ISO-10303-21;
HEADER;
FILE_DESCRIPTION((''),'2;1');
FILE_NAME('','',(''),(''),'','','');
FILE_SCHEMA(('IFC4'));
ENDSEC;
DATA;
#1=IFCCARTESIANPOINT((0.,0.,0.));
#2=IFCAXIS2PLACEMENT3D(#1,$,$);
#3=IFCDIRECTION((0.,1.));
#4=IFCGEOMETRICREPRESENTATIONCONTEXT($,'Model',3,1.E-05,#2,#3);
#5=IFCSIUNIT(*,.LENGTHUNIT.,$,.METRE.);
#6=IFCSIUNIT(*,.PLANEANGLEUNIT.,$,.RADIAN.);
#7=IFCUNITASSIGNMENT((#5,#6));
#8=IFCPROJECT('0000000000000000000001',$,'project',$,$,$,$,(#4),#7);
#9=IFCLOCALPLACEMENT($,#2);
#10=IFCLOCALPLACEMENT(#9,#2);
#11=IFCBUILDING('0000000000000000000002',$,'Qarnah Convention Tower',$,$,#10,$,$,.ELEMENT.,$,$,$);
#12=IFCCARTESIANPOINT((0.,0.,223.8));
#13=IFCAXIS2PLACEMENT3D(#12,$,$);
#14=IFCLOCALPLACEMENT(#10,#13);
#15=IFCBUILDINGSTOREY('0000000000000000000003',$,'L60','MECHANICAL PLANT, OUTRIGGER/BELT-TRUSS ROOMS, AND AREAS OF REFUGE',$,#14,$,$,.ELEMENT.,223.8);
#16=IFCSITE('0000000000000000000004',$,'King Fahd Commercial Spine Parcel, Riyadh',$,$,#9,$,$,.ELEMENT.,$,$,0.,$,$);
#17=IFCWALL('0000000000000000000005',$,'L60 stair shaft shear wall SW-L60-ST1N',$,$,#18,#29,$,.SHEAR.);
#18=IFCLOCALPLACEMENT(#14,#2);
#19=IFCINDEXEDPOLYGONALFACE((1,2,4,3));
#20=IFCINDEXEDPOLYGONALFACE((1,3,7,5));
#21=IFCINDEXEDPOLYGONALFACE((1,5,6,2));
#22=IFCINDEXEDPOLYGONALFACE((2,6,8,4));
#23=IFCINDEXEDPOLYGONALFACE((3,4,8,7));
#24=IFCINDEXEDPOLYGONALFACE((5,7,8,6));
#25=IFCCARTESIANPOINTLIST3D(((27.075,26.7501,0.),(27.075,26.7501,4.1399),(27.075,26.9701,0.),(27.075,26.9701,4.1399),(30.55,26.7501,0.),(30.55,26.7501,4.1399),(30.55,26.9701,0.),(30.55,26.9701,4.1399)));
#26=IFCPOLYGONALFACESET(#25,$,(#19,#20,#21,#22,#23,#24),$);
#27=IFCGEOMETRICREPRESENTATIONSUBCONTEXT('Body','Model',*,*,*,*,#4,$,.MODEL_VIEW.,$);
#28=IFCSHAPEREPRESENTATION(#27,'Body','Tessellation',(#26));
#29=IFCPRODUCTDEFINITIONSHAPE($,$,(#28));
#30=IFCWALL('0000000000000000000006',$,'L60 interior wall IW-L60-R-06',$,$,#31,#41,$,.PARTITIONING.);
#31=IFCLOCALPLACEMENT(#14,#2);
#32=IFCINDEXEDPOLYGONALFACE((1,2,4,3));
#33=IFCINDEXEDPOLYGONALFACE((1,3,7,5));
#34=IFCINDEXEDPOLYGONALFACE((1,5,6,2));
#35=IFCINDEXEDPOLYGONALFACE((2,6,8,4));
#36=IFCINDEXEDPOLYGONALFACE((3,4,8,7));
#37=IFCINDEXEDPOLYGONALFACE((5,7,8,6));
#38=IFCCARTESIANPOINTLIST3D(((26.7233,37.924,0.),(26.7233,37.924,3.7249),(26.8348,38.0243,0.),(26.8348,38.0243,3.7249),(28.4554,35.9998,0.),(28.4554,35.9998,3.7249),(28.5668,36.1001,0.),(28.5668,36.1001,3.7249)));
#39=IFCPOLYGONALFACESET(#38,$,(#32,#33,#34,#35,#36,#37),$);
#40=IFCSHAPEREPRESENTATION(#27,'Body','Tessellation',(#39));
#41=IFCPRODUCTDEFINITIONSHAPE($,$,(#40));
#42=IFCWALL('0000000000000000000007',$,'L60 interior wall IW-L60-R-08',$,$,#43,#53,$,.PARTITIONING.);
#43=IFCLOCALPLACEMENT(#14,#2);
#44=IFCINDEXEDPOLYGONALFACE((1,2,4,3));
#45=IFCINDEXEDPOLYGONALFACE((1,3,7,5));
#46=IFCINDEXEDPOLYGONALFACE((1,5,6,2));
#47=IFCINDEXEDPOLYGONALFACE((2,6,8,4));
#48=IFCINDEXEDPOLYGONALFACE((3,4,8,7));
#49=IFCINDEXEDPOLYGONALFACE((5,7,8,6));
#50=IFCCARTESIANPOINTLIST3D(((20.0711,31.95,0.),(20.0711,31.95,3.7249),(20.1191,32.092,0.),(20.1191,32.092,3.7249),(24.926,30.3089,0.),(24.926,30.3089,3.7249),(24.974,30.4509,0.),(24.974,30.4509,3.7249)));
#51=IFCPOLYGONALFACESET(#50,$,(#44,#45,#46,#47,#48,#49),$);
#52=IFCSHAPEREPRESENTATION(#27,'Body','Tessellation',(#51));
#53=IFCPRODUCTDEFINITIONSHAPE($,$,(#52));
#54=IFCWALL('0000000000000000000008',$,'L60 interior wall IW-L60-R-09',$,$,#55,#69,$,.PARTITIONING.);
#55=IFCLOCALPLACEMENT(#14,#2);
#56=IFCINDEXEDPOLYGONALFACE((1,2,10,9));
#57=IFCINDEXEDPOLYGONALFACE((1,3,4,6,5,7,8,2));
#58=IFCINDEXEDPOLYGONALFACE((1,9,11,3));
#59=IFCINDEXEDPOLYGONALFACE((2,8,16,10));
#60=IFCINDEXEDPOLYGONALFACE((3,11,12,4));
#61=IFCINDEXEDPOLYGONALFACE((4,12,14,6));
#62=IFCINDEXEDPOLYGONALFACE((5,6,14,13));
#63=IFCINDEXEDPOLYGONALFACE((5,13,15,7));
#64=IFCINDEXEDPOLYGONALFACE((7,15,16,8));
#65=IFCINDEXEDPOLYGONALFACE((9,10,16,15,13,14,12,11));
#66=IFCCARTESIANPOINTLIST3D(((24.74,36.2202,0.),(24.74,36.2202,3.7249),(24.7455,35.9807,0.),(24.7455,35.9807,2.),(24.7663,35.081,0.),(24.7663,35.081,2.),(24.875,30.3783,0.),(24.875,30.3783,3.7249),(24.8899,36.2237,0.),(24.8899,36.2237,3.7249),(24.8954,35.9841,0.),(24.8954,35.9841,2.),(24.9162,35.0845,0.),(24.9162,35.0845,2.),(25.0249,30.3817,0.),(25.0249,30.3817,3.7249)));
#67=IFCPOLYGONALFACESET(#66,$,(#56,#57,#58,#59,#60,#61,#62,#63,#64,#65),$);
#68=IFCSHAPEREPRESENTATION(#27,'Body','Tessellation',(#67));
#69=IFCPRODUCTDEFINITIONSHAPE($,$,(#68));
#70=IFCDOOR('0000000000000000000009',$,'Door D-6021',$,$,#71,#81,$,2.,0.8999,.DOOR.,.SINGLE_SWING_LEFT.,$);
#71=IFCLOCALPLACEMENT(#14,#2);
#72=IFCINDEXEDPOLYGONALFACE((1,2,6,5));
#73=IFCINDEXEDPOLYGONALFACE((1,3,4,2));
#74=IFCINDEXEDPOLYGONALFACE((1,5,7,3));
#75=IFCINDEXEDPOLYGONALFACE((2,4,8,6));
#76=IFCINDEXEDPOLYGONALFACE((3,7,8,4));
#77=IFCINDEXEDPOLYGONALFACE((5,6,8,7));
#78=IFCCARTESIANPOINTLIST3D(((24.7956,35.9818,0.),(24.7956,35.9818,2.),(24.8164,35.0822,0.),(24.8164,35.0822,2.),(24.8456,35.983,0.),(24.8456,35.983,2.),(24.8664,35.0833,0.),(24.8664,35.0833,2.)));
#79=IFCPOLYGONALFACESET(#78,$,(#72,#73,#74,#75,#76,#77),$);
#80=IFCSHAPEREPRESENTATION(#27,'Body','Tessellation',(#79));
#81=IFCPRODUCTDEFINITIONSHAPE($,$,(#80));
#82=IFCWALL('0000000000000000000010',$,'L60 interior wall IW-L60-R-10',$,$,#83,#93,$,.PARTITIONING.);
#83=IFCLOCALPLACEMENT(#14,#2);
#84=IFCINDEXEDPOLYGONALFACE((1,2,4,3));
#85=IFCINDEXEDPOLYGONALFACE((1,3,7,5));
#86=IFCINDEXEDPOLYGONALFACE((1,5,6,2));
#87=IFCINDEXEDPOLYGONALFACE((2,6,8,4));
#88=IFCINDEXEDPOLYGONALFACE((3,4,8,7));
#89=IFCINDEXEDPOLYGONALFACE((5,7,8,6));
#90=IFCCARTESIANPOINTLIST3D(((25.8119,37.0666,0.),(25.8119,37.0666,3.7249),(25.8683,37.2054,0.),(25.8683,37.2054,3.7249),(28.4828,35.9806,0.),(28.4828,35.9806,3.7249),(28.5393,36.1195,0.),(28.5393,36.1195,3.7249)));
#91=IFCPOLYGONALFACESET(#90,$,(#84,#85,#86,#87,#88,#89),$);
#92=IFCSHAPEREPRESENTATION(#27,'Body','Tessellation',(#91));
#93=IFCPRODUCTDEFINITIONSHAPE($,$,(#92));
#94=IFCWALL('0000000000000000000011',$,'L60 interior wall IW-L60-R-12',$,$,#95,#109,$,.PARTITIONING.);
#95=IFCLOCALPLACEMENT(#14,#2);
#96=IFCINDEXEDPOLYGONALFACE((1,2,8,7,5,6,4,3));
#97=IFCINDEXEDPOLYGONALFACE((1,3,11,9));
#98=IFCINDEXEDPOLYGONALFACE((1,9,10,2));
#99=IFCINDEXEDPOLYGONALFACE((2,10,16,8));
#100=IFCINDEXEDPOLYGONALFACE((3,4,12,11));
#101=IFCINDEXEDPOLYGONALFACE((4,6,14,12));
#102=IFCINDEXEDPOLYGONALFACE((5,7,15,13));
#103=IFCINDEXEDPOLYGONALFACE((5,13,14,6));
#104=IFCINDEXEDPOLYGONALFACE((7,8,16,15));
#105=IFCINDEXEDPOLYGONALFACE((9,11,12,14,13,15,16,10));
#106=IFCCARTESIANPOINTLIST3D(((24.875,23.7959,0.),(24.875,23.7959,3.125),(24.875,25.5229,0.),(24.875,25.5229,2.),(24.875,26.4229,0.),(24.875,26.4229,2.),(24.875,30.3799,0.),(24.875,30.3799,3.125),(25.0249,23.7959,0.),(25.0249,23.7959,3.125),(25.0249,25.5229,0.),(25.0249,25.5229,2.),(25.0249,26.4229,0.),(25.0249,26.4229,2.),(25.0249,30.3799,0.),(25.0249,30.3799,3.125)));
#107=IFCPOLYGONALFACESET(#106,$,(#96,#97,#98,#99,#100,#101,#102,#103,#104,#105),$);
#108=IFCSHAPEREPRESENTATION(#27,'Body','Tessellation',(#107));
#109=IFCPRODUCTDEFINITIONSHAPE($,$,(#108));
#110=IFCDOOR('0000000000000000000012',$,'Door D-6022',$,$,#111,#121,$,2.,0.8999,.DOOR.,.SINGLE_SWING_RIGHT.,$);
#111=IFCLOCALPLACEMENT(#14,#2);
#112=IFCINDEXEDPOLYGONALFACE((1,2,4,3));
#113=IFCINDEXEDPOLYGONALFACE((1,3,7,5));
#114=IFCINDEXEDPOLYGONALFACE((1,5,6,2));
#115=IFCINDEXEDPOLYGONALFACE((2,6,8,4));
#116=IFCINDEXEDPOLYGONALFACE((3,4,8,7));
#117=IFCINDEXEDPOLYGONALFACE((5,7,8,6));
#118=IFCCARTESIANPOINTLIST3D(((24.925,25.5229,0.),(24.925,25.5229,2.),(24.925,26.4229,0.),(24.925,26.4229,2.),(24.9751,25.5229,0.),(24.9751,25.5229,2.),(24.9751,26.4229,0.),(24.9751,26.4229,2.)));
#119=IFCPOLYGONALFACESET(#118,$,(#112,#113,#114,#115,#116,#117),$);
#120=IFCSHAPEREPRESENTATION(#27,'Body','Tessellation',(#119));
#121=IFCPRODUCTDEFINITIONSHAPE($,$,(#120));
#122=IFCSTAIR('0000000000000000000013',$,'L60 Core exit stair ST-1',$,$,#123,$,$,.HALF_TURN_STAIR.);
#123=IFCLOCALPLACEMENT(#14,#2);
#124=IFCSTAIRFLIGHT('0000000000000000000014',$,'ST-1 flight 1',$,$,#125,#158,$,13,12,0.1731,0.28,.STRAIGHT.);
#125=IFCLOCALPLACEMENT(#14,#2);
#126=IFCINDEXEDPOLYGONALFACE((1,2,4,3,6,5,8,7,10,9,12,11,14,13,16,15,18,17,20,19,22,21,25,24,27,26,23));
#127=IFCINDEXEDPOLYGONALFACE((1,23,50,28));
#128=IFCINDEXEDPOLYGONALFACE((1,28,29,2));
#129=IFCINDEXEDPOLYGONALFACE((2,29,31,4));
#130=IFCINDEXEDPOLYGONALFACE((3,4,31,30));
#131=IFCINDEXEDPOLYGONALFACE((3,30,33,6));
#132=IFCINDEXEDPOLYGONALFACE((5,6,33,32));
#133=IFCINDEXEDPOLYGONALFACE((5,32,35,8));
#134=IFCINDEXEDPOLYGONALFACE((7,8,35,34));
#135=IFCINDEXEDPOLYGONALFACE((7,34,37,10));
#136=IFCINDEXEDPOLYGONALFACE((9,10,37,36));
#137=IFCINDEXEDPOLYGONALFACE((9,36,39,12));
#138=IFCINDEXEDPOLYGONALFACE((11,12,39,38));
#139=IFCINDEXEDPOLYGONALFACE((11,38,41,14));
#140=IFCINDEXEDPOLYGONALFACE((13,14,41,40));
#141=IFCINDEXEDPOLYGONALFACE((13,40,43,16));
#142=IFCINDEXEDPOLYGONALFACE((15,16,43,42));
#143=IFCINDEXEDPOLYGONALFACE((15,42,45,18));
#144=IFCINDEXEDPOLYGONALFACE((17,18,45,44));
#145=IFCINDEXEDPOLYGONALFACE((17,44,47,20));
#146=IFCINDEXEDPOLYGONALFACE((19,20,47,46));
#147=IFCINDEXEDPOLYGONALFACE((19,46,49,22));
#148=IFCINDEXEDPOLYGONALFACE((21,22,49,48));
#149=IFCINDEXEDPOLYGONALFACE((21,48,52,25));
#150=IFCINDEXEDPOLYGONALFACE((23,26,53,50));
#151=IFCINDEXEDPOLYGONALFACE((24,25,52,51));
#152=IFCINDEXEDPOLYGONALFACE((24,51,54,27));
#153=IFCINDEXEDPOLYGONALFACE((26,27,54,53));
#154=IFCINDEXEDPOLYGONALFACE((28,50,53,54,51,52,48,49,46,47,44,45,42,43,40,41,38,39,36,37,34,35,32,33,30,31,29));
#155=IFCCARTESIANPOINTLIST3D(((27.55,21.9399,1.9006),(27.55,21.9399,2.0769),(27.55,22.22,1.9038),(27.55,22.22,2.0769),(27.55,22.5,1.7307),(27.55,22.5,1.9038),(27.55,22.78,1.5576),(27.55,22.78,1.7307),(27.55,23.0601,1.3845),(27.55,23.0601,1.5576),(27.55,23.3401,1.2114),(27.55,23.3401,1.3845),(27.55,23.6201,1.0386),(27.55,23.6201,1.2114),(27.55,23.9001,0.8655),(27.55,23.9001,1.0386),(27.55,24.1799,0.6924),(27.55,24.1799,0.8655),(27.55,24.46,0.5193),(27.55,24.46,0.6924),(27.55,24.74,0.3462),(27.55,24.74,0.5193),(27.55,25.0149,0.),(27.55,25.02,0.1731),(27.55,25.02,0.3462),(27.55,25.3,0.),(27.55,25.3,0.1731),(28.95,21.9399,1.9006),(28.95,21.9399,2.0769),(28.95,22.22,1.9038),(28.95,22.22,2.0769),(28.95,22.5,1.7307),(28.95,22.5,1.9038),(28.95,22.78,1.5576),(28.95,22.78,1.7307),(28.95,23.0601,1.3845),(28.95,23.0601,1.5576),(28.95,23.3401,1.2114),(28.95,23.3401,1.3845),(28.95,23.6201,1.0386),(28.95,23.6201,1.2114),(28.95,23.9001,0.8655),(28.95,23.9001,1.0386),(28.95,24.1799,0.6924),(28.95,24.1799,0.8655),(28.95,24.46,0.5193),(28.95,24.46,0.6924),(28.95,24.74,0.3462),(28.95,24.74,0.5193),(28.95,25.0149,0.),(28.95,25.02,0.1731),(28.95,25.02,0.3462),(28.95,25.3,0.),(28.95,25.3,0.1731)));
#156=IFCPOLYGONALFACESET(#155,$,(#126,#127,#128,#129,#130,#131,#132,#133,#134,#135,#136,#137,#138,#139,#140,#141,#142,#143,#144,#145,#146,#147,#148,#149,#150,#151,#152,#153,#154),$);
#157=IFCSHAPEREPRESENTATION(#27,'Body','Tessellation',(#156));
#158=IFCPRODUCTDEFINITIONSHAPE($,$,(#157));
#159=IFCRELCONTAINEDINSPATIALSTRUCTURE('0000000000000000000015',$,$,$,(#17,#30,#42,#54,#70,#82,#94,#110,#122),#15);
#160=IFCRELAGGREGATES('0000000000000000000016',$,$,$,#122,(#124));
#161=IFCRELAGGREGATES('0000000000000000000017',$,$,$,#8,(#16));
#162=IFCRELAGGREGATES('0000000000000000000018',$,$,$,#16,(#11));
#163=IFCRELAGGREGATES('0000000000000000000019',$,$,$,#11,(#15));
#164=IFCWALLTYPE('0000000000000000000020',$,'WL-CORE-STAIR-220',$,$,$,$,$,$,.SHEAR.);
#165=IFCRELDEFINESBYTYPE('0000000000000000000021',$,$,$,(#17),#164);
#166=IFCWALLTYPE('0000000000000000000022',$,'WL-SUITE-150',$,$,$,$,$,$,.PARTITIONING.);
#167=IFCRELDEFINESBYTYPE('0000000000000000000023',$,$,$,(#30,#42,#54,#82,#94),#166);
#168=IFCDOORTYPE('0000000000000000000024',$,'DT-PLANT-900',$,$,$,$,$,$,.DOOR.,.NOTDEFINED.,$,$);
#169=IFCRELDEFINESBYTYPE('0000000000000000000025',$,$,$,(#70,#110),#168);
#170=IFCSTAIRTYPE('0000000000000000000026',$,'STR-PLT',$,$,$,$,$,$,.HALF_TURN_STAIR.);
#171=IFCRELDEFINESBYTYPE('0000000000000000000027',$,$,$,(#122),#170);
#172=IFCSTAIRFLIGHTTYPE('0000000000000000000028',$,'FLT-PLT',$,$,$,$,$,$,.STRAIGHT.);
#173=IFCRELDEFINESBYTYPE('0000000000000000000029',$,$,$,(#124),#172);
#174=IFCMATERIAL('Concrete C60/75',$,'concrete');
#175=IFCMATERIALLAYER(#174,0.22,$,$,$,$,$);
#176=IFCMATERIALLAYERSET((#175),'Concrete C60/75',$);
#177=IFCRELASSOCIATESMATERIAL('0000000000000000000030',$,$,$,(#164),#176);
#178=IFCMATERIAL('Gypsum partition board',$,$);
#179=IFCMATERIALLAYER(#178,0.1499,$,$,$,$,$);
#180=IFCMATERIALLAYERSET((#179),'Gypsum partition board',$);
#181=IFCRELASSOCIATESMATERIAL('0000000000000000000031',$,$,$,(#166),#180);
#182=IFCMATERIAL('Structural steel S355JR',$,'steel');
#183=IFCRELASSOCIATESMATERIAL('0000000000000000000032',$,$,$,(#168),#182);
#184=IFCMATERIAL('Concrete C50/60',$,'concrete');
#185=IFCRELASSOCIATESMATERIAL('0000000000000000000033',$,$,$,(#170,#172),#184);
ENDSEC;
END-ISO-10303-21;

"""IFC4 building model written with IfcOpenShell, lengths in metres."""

from ifc_helpers import new_model, si_unit, direction, frame, frame_2d, origin, place, context, subcontext, project, spatial, polyline, rectangle, outline, extrude, material, layer, layer_set, type_object, element, fill, aggregate, save


model = new_model("IFC4")

# Units and contexts
model_context = context("Model", 3, precision=1e-05, world=origin(), true_north=direction((0.0, 1.0)))
body_context = subcontext(model_context, "Body", "Model", "MODEL_VIEW")
ifc_project = project(units=[si_unit("LENGTHUNIT", "METRE"), si_unit("PLANEANGLEUNIT", "RADIAN")], contexts=[model_context])

# Site, building, storey
site_placement = place(None, origin())
site = spatial("IfcSite", under=ifc_project, at=site_placement, Name="King Fahd Commercial Spine Parcel, Riyadh", CompositionType="ELEMENT", RefElevation=0.0)
building_placement = place(site_placement, origin())
building = spatial("IfcBuilding", under=site, at=building_placement, Name="Qarnah Convention Tower", CompositionType="ELEMENT")
storey_placement = place(building_placement, frame((0.0, 0.0, 223.8)))
storey = spatial("IfcBuildingStorey", under=building, at=storey_placement, Name="L60", Description="MECHANICAL PLANT, OUTRIGGER/BELT-TRUSS ROOMS, AND AREAS OF REFUGE", CompositionType="ELEMENT", Elevation=223.8)

# Shared definitions
ifc_material_1 = material(Name="Concrete C50/60", Category="concrete")

# Shared definitions
ifc_material_2 = material(Name="Structural steel S355JR", Category="steel")

# Shared definitions
ifc_material_3 = material(Name="Concrete C60/75", Category="concrete")

# Walls
ifc_layer_1 = layer(ifc_material_3, 0.22)
ifc_layer_set_1 = layer_set([ifc_layer_1], Name="Concrete C60/75")
wall_type_1 = type_object("IfcWallType", Name="WL-CORE-STAIR-220", PredefinedType="SHEAR", material=ifc_layer_set_1)
wall_1_placement = place(storey_placement, frame((27.075, 26.8601, 0.0), z_axis=(0.0, 0.0, 1.0), x_axis=(1.0, 0.0, 0.0)))
element("IfcWall", 1, at=wall_1_placement, inside=storey, type_object=wall_type_1, Name="L60 stair shaft shear wall SW-L60-ST1N", PredefinedType="SHEAR", context=body_context, shape_type="SweptSolid", body=[
    extrude(rectangle(XDim=3.4751, YDim=0.22, at=frame_2d((1.7375, 0.0))), origin(), (0.0, 0.0, 1.0), 4.1399),
])
ifc_material_4 = material(Name="Gypsum partition board")
ifc_layer_2 = layer(ifc_material_4, 0.1499)
ifc_layer_set_2 = layer_set([ifc_layer_2], Name="Gypsum partition board")
wall_type_2 = type_object("IfcWallType", Name="WL-SUITE-150", PredefinedType="PARTITIONING", material=ifc_layer_set_2)
wall_2_placement = place(storey_placement, frame((26.7791, 37.9741, 0.0), z_axis=(0.0, 0.0, 1.0), x_axis=(0.669022, -0.743243, 0.0)))
element("IfcWall", 2, at=wall_2_placement, inside=storey, type_object=wall_type_2, Name="L60 interior wall IW-L60-R-06", PredefinedType="PARTITIONING", context=body_context, shape_type="SweptSolid", body=[
    extrude(rectangle(XDim=2.5889, YDim=0.1499, at=frame_2d((1.2944, 0.0))), origin(), (0.0, 0.0, 1.0), 3.7249),
])
wall_3_placement = place(storey_placement, frame((20.095, 32.021, 0.0), z_axis=(0.0, 0.0, 1.0), x_axis=(0.947341, -0.320227, 0.0)))
element("IfcWall", 3, at=wall_3_placement, inside=storey, type_object=wall_type_2, Name="L60 interior wall IW-L60-R-08", PredefinedType="PARTITIONING", context=body_context, shape_type="SweptSolid", body=[
    extrude(rectangle(XDim=5.1248, YDim=0.1499, at=frame_2d((2.5625, 0.0))), origin(), (0.0, 0.0, 1.0), 3.7249),
])

# Wall, opening, door
wall_4_placement = place(storey_placement, frame((24.95, 30.3799, 0.0), z_axis=(0.0, 0.0, 1.0), x_axis=(-0.023104, 0.999733, 0.0)))
wall_4 = element("IfcWall", 4, at=wall_4_placement, inside=storey, type_object=wall_type_2, Name="L60 interior wall IW-L60-R-09", PredefinedType="PARTITIONING", context=body_context, shape_type="SweptSolid", body=[
    extrude(rectangle(XDim=5.8435, YDim=0.1499, at=frame_2d((2.9219, 0.0))), origin(), (0.0, 0.0, 1.0), 3.7249),
])
opening_1_placement = place(wall_4_placement, frame((4.7041, 0.0, 0.0)))
opening_1 = element("IfcOpeningElement", 5, at=opening_1_placement, cuts=wall_4, PredefinedType="OPENING", context=body_context, shape_type="SweptSolid", body=[
    extrude(rectangle(XDim=0.8999, YDim=2.0, at=frame_2d((0.45, 1.0))), frame((0.0, 0.085, 0.0), z_axis=(0.0, -1.0, 0.0), x_axis=(1.0, 0.0, 0.0)), (0.0, 0.0, 1.0), 0.1699),
])
door_type_1 = type_object("IfcDoorType", Name="DT-PLANT-900", OperationType="NOTDEFINED", PredefinedType="DOOR", material=ifc_material_2)
door_1_placement = place(opening_1_placement, origin())
door_1 = element("IfcDoor", 6, at=door_1_placement, inside=storey, type_object=door_type_1, Name="Door D-6021", OperationType="SINGLE_SWING_LEFT", OverallHeight=2.0, OverallWidth=0.8999, PredefinedType="DOOR", context=body_context, shape_type="SweptSolid", body=[
    extrude(rectangle(XDim=0.8999, YDim=2.0, at=frame_2d((0.45, 1.0))), frame((0.0, 0.0249, 0.0), z_axis=(0.0, -1.0, 0.0), x_axis=(1.0, 0.0, 0.0)), (0.0, 0.0, 1.0), 0.05),
])
fill(opening_1, door_1)

# Wall
wall_5_placement = place(storey_placement, frame((25.8401, 37.136, 0.0), z_axis=(0.0, 0.0, 1.0), x_axis=(0.92636, -0.376641, 0.0)))
element("IfcWall", 7, at=wall_5_placement, inside=storey, type_object=wall_type_2, Name="L60 interior wall IW-L60-R-10", PredefinedType="PARTITIONING", context=body_context, shape_type="SweptSolid", body=[
    extrude(rectangle(XDim=2.8833, YDim=0.1499, at=frame_2d((1.4417, 0.0))), origin(), (0.0, 0.0, 1.0), 3.7249),
])

# Wall, opening, door
wall_6_placement = place(storey_placement, frame((24.95, 23.7959, 0.0), z_axis=(0.0, 0.0, 1.0), x_axis=(0.0, 1.0, 0.0)))
wall_6 = element("IfcWall", 8, at=wall_6_placement, inside=storey, type_object=wall_type_2, Name="L60 interior wall IW-L60-R-12", PredefinedType="PARTITIONING", context=body_context, shape_type="SweptSolid", body=[
    extrude(rectangle(XDim=6.584, YDim=0.1499, at=frame_2d((3.292, 0.0))), origin(), (0.0, 0.0, 1.0), 3.125),
])
opening_2_placement = place(wall_6_placement, frame((1.7271, 0.0, 0.0)))
opening_2 = element("IfcOpeningElement", 9, at=opening_2_placement, cuts=wall_6, PredefinedType="OPENING", context=body_context, shape_type="SweptSolid", body=[
    extrude(rectangle(XDim=0.8999, YDim=2.0, at=frame_2d((0.45, 1.0))), frame((0.0, 0.085, 0.0), z_axis=(0.0, -1.0, 0.0), x_axis=(1.0, 0.0, 0.0)), (0.0, 0.0, 1.0), 0.1699),
])
door_2_placement = place(opening_2_placement, origin())
door_2 = element("IfcDoor", 10, at=door_2_placement, inside=storey, type_object=door_type_1, Name="Door D-6022", OperationType="SINGLE_SWING_RIGHT", OverallHeight=2.0, OverallWidth=0.8999, PredefinedType="DOOR", context=body_context, shape_type="SweptSolid", body=[
    extrude(rectangle(XDim=0.8999, YDim=2.0, at=frame_2d((0.45, 1.0))), frame((0.0, 0.0249, 0.0), z_axis=(0.0, -1.0, 0.0), x_axis=(1.0, 0.0, 0.0)), (0.0, 0.0, 1.0), 0.05),
])
fill(opening_2, door_2)

# Stair, stair flight
stair_type = type_object("IfcStairType", Name="STR-PLT", PredefinedType="HALF_TURN_STAIR", material=ifc_material_1)
stair_placement = place(storey_placement, origin())
stair = element("IfcStair", 11, at=stair_placement, inside=storey, type_object=stair_type, Name="L60 Core exit stair ST-1", PredefinedType="HALF_TURN_STAIR")
stair_flight_type = type_object("IfcStairFlightType", Name="FLT-PLT", PredefinedType="STRAIGHT", material=ifc_material_1)
stair_flight_placement = place(storey_placement, frame((28.25, 25.3, 0.0), z_axis=(0.0, 0.0, 1.0), x_axis=(0.0, -1.0, 0.0)))
stair_flight = element("IfcStairFlight", 12, at=stair_flight_placement, type_object=stair_flight_type, Name="ST-1 flight 1", NumberOfRisers=13, NumberOfTreads=12, PredefinedType="STRAIGHT", RiserHeight=0.1731, TreadLength=0.28, context=body_context, shape_type="SweptSolid", body=[
    extrude(outline(polyline([(0.0, 0.0), (0.0, 0.1731), (0.28, 0.1731), (0.28, 0.3462), (0.5601, 0.3462), (0.5601, 0.5193), (0.8401, 0.5193), (0.8401, 0.6924), (1.1201, 0.6924), (1.1201, 0.8655), (1.3999, 0.8655), (1.3999, 1.0386), (1.6799, 1.0386), (1.6799, 1.2114), (1.96, 1.2114), (1.96, 1.3845), (2.24, 1.3845), (2.24, 1.5576), (2.52, 1.5576), (2.52, 1.7307), (2.8, 1.7307), (2.8, 1.9038), (3.0801, 1.9038), (3.0801, 2.0769), (3.3601, 2.0769), (3.3601, 2.25), (3.3601, 1.9006), (0.2852, 0.0), (0.0, 0.0)])), frame((0.0, 0.7, 0.0), z_axis=(0.0, -1.0, 0.0), x_axis=(1.0, 0.0, 0.0)), (0.0, 0.0, 1.0), 1.3999),
])
aggregate(stair, [stair_flight])

save(model, "model.ifc")
